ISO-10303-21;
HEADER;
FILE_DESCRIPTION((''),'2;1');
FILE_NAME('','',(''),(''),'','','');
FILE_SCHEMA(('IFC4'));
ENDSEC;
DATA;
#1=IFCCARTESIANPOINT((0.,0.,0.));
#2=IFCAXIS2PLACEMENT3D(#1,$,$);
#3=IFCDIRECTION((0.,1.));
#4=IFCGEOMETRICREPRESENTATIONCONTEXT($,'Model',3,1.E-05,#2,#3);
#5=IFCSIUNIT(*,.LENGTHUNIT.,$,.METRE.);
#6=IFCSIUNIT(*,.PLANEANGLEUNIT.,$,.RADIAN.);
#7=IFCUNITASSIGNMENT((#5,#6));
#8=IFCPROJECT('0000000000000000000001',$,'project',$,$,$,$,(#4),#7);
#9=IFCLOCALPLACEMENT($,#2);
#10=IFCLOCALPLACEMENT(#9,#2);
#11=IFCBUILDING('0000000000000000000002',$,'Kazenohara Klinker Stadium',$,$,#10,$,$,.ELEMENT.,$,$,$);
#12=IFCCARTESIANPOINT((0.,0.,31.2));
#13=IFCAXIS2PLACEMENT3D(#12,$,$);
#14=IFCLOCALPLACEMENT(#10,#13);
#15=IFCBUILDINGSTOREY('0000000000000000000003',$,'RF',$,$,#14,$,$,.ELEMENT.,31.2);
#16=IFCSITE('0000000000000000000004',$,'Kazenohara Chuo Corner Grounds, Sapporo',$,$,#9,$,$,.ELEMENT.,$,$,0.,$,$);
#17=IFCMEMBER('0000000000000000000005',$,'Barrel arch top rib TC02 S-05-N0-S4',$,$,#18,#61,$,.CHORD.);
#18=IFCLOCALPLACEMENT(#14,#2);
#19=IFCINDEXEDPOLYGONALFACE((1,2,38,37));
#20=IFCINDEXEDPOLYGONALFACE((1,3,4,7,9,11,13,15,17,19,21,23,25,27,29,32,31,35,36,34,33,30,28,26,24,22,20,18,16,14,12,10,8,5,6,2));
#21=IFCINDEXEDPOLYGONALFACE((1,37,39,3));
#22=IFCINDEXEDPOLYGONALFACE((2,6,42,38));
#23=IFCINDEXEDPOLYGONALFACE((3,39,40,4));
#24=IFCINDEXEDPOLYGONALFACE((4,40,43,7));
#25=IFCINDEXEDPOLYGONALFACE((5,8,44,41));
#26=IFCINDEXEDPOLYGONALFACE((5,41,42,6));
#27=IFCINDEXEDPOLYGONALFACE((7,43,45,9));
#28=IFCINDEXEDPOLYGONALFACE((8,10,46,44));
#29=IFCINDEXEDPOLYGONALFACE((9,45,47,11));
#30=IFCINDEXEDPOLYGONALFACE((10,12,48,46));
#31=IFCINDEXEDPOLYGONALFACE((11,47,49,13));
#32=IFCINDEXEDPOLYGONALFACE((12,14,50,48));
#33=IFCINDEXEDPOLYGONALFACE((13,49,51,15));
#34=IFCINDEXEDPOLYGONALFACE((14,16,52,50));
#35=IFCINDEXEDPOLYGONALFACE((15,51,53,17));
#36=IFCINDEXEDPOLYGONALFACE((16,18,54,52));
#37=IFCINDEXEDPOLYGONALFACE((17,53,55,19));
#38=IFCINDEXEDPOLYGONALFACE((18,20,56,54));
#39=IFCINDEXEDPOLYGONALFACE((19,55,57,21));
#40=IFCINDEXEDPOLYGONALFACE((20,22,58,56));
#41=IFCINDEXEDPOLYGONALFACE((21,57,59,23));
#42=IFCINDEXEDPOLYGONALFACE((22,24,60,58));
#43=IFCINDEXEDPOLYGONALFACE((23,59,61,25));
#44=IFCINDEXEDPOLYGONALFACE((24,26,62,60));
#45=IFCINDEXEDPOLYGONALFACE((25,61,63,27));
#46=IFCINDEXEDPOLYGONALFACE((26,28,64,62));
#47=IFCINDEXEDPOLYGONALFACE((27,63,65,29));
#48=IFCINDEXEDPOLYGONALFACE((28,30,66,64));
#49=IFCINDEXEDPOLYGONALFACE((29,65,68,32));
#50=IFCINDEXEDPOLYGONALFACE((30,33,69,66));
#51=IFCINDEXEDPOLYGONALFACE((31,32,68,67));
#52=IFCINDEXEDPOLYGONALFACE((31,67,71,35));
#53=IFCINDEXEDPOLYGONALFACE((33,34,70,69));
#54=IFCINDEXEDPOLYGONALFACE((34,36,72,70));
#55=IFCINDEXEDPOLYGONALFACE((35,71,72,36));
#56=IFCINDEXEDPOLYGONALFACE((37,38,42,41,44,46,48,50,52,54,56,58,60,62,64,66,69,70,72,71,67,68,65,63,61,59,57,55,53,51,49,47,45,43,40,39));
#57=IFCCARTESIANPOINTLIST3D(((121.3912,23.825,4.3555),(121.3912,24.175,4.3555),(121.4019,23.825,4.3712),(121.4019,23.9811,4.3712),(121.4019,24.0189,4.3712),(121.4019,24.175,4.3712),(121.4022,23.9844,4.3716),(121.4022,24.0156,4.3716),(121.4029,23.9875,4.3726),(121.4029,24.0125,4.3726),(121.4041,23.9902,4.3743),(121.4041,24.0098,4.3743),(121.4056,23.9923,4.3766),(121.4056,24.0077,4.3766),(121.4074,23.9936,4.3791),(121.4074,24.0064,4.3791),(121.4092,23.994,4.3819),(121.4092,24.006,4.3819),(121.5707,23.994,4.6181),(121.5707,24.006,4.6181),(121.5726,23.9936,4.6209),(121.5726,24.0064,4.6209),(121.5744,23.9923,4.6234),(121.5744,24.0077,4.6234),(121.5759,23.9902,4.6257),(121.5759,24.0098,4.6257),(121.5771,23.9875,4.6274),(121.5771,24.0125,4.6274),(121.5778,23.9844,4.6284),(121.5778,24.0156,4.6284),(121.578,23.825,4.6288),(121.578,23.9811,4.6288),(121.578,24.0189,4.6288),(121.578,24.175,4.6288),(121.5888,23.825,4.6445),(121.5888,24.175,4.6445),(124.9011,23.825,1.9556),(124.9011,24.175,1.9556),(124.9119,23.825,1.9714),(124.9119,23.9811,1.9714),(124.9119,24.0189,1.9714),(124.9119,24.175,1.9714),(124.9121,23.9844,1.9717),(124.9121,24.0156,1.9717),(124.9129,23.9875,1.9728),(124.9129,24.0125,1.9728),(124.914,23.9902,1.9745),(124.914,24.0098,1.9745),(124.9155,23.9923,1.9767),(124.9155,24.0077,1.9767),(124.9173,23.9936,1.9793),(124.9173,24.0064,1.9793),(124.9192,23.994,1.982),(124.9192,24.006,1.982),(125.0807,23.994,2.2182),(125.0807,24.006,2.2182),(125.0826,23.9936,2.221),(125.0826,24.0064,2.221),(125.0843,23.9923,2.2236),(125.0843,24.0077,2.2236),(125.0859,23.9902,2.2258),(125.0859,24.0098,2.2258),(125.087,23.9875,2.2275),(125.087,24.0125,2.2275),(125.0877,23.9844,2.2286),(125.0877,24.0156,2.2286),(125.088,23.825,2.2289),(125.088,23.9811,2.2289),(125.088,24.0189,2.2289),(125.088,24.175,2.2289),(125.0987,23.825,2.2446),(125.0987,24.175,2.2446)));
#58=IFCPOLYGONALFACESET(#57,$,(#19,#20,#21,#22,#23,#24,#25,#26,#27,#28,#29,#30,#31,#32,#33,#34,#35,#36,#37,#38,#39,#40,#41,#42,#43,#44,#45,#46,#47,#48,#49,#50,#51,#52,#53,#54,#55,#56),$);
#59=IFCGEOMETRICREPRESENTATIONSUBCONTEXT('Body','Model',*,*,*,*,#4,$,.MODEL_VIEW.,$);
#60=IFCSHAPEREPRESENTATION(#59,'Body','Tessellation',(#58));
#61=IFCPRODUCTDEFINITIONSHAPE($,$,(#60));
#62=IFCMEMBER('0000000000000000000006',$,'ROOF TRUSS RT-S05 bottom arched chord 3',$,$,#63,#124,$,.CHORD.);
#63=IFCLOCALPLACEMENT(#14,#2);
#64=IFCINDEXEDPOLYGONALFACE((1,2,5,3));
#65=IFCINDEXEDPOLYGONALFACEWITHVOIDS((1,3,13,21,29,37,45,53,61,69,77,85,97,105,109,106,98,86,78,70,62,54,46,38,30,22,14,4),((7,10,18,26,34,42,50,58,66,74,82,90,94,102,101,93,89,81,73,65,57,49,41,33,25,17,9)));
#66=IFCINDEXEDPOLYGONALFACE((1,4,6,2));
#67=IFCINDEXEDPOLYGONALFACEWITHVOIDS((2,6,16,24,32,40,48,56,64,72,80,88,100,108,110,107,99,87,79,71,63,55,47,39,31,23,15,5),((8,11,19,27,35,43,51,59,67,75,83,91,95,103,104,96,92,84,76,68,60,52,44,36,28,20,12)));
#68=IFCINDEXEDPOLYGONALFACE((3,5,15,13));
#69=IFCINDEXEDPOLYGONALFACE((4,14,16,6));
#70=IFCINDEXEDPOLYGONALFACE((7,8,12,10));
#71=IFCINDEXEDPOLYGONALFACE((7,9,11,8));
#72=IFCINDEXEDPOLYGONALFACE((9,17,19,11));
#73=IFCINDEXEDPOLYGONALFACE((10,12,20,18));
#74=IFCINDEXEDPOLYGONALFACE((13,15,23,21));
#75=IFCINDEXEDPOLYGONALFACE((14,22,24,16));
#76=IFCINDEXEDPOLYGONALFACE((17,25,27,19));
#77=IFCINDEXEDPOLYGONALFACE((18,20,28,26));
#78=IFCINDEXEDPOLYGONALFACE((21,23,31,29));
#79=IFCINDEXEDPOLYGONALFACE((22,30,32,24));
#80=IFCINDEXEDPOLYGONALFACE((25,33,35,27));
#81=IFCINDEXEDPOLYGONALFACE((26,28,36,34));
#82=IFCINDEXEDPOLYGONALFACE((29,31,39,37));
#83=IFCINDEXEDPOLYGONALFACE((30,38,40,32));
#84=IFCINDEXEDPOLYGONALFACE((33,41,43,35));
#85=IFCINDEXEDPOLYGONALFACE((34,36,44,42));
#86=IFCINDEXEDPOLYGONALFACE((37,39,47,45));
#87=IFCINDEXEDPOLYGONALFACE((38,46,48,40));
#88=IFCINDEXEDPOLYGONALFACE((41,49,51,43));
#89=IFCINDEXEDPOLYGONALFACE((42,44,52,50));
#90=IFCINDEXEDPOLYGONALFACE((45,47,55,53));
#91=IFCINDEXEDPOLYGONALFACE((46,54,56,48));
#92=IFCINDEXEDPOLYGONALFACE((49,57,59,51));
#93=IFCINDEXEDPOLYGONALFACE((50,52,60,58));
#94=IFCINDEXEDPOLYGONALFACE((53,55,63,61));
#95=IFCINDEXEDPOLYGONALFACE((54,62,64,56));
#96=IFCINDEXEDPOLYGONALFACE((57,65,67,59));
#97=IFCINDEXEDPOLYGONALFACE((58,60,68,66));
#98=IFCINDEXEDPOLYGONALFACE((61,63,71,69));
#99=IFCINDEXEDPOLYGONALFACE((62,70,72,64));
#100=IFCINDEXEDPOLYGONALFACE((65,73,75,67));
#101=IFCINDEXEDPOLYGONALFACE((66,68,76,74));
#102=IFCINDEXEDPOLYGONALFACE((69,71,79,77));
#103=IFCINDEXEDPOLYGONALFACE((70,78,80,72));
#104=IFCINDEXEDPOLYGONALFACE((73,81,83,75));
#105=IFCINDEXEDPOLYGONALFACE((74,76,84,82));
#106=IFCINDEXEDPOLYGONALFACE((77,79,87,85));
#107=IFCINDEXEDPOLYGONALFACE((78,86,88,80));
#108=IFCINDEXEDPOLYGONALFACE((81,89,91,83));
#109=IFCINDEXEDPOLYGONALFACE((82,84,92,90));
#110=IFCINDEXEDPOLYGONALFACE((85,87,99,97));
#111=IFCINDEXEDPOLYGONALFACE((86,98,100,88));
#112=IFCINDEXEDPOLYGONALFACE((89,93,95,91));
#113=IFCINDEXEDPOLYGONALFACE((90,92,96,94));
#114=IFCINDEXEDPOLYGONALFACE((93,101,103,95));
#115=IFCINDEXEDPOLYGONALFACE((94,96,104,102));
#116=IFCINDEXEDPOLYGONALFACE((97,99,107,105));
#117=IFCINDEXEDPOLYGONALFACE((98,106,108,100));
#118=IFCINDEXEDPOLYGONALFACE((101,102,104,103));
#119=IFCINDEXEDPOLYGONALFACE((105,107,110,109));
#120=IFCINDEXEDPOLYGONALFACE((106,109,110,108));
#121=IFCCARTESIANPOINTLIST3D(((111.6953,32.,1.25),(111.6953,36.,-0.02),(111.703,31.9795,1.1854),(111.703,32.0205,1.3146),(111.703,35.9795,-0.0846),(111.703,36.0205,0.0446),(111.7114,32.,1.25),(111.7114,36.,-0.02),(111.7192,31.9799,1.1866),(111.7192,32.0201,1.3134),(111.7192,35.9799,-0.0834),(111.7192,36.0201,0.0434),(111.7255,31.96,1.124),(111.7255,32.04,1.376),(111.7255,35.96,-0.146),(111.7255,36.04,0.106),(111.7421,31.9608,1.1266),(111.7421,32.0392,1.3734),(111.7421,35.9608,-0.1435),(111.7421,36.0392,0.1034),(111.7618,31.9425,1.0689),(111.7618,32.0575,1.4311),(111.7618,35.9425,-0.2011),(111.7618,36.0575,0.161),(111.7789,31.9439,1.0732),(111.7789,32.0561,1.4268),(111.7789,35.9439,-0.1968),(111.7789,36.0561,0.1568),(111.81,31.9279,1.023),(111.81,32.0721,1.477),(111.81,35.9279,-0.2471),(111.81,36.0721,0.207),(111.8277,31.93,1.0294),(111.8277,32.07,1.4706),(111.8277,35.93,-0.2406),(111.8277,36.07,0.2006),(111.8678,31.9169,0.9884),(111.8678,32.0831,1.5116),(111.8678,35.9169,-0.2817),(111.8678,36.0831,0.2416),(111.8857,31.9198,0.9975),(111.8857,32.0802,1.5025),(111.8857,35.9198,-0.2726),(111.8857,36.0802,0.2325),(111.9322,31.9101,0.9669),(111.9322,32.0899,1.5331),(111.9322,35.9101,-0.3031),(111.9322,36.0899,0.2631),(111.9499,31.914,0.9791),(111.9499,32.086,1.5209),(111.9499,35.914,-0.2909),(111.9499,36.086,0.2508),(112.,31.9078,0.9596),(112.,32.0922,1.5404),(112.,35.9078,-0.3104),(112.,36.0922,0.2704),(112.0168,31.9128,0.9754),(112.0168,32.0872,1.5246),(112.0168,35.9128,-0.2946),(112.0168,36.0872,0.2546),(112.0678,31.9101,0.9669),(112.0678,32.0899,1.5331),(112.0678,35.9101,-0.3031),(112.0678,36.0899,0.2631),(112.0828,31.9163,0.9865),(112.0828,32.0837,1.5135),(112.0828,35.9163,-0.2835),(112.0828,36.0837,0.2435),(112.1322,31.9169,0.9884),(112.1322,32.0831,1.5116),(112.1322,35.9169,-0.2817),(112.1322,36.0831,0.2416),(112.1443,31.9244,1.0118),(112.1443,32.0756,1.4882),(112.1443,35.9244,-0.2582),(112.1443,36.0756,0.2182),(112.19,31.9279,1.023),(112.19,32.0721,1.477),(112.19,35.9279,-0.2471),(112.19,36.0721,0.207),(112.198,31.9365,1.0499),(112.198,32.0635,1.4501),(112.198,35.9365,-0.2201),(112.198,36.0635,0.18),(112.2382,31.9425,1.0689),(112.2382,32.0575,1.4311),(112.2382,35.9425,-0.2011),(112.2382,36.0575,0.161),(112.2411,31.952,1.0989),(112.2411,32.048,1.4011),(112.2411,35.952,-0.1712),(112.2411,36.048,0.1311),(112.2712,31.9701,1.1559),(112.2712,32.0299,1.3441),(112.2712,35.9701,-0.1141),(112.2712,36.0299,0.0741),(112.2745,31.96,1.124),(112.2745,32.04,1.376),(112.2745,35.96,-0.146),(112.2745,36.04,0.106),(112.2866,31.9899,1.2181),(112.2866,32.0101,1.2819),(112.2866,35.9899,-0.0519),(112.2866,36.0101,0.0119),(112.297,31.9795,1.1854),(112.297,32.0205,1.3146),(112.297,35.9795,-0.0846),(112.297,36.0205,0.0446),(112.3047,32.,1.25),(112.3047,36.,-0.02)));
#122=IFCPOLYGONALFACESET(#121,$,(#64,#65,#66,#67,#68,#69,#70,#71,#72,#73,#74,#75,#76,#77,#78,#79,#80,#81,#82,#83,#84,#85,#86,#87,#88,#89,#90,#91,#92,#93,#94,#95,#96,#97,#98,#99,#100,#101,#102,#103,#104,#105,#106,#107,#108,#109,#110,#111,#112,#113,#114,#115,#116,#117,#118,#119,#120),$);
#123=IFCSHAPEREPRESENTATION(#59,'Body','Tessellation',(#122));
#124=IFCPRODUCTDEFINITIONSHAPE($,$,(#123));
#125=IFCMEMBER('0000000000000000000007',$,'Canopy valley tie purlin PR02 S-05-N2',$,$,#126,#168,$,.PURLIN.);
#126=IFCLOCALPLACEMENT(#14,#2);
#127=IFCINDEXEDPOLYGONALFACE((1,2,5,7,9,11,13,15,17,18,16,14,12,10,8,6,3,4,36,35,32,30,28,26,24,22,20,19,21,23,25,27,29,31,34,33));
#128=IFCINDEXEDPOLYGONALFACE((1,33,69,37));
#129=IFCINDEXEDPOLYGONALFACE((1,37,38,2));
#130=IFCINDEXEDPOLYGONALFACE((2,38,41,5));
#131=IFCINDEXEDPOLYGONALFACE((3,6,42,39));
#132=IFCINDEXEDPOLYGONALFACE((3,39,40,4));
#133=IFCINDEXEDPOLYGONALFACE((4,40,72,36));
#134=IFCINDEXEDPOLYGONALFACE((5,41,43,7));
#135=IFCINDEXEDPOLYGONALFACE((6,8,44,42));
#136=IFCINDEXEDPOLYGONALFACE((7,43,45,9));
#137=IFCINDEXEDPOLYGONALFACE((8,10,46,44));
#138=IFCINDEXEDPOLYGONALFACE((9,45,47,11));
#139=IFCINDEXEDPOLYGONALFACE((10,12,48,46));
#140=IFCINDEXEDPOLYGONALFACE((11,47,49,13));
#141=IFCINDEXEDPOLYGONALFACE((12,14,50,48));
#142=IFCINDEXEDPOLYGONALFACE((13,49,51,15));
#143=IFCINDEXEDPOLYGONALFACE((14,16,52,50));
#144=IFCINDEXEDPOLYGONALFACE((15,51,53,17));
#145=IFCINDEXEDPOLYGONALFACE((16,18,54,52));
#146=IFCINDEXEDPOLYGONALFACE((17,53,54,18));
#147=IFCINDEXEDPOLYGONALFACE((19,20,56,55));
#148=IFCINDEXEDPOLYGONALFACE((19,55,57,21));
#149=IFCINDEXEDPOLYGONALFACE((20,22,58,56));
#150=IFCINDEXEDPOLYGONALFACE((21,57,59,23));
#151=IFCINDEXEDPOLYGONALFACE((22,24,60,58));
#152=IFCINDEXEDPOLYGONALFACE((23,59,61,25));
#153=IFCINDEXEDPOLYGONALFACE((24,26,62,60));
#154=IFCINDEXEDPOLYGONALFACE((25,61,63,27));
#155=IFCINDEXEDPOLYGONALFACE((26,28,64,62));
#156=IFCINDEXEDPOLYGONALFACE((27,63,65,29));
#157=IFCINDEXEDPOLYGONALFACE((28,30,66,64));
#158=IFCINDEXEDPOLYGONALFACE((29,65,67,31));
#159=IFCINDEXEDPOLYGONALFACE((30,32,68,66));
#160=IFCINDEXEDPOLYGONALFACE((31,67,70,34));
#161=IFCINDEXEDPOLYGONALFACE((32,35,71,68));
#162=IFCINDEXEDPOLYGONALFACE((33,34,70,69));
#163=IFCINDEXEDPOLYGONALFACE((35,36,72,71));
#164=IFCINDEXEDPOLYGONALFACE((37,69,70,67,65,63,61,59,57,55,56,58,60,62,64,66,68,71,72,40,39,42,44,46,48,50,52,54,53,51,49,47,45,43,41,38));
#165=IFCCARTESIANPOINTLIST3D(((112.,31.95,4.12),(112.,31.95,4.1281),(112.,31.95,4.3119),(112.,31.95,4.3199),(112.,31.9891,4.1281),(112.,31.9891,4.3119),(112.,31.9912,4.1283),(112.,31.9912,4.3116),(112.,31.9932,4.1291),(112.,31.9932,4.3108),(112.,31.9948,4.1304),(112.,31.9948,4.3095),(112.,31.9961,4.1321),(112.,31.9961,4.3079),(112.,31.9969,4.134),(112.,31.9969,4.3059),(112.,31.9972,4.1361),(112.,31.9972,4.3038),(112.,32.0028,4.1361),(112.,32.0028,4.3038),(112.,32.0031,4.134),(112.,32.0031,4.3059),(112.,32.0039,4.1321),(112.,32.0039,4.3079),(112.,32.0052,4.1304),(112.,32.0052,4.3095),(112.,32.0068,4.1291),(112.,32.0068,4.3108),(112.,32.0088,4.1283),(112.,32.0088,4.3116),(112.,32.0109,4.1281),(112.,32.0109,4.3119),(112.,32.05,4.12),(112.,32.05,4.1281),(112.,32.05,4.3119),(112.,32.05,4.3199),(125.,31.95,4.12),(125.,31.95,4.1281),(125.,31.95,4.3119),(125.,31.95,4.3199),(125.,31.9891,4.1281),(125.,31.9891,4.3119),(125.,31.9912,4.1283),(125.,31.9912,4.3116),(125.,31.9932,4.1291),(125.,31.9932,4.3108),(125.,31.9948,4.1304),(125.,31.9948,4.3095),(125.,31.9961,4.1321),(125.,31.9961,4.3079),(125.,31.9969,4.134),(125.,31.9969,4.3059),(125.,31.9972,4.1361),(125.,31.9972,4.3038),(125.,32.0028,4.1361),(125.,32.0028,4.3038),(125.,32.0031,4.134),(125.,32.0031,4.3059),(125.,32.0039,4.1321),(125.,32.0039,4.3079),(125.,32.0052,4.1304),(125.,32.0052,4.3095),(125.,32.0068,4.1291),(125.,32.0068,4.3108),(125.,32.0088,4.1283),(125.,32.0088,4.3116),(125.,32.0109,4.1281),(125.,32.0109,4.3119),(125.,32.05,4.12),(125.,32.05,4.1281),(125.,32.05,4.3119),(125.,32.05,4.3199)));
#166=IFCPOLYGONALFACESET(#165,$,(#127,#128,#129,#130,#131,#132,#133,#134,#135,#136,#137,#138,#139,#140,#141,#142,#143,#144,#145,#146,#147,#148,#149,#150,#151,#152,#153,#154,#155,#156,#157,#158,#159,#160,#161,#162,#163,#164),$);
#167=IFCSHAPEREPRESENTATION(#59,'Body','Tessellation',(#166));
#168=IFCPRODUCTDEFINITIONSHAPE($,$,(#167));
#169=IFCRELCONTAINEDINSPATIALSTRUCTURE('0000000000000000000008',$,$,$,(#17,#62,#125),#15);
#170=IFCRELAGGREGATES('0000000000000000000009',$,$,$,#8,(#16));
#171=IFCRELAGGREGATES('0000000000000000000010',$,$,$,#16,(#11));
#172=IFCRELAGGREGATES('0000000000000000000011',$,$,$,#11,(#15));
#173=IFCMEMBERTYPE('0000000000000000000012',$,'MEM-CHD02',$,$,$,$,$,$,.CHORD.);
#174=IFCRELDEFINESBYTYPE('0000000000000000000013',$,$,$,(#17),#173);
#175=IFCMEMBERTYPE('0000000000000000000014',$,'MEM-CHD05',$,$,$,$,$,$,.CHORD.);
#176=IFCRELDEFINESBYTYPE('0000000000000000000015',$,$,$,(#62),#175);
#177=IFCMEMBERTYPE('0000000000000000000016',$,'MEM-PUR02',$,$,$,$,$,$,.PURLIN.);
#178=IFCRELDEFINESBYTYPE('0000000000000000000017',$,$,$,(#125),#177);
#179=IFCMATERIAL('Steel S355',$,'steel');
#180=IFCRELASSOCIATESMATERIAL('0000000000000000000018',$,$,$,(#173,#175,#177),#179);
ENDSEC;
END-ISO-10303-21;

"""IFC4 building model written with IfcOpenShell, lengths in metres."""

from ifc_helpers import new_model, si_unit, direction, frame, origin, origin_2d, place, context, subcontext, project, spatial, hollow_circle, i_section, extrude, material, material_profile, profile_set, type_object, element, save


model = new_model("IFC4")

# Units and contexts
model_context = context("Model", 3, precision=1e-05, world=origin(), true_north=direction((0.0, 1.0)))
body_context = subcontext(model_context, "Body", "Model", "MODEL_VIEW")
ifc_project = project(units=[si_unit("LENGTHUNIT", "METRE"), si_unit("PLANEANGLEUNIT", "RADIAN")], contexts=[model_context])

# Site, building, storey
site_placement = place(None, origin())
site = spatial("IfcSite", under=ifc_project, at=site_placement, Name="Kazenohara Chuo Corner Grounds, Sapporo", CompositionType="ELEMENT", RefElevation=0.0)
building_placement = place(site_placement, origin())
building = spatial("IfcBuilding", under=site, at=building_placement, Name="Kazenohara Klinker Stadium", CompositionType="ELEMENT")
storey_placement = place(building_placement, frame((0.0, 0.0, 31.2)))
storey = spatial("IfcBuildingStorey", under=building, at=storey_placement, Name="RF", CompositionType="ELEMENT", Elevation=31.2)

# Members
ifc_material_1 = material(Name="Steel S355", Category="steel")
ifc_material_profile_1 = material_profile(ifc_material_1, i_section(OverallWidth=0.3501, OverallDepth=0.3501, WebThickness=0.012, FlangeThickness=0.019, FilletRadius=0.0129, at=origin_2d()), Name="H-350x350x12x19")
ifc_profile_set_1 = profile_set([ifc_material_profile_1], Name="Steel S355")
member_type_1 = type_object("IfcMemberType", Name="MEM-CHD02", PredefinedType="CHORD", material=ifc_profile_set_1)
member_1_placement = place(storey_placement, frame((121.49, 24.0, 4.5), z_axis=(0.825492, 0.0, -0.564414), x_axis=(0.0, 1.0, 0.0)))
element("IfcMember", 1, at=member_1_placement, inside=storey, type_object=member_type_1, Name="Barrel arch top rib TC02 S-05-N0-S4", PredefinedType="CHORD", context=body_context, shape_type="SweptSolid", body=[
    extrude(i_section(OverallWidth=0.3501, OverallDepth=0.3501, WebThickness=0.012, FlangeThickness=0.019, FilletRadius=0.0129, at=origin_2d()), origin(), (0.0, 0.0, 1.0), 4.252),
])
ifc_material_profile_2 = material_profile(ifc_material_1, hollow_circle(Radius=0.3047, WallThickness=0.0161, at=origin_2d()), Name="CHS-609.6x16")
ifc_profile_set_2 = profile_set([ifc_material_profile_2], Name="Steel S355")
member_type_2 = type_object("IfcMemberType", Name="MEM-CHD05", PredefinedType="CHORD", material=ifc_profile_set_2)
member_2_placement = place(storey_placement, frame((112.0, 32.0, 1.25), z_axis=(0.0, 0.953112, -0.302618), x_axis=(-1.0, 0.0, 0.0)))
element("IfcMember", 2, at=member_2_placement, inside=storey, type_object=member_type_2, Name="ROOF TRUSS RT-S05 bottom arched chord 3", PredefinedType="CHORD", context=body_context, shape_type="SweptSolid", body=[
    extrude(hollow_circle(Radius=0.3047, WallThickness=0.0161, at=origin_2d()), origin(), (0.0, 0.0, 1.0), 4.1968),
])
ifc_material_profile_3 = material_profile(ifc_material_1, i_section(OverallWidth=0.1001, OverallDepth=0.2, WebThickness=0.0056, FlangeThickness=0.0081, FilletRadius=0.0081, at=origin_2d()), Name="H-200x100x5.5x8")
ifc_profile_set_3 = profile_set([ifc_material_profile_3], Name="Steel S355")
member_type_3 = type_object("IfcMemberType", Name="MEM-PUR02", PredefinedType="PURLIN", material=ifc_profile_set_3)
member_3_placement = place(storey_placement, frame((112.0, 32.0, 4.22), z_axis=(1.0, 0.0, 0.0), x_axis=(0.0, 1.0, 0.0)))
element("IfcMember", 3, at=member_3_placement, inside=storey, type_object=member_type_3, Name="Canopy valley tie purlin PR02 S-05-N2", PredefinedType="PURLIN", context=body_context, shape_type="SweptSolid", body=[
    extrude(i_section(OverallWidth=0.1001, OverallDepth=0.2, WebThickness=0.0056, FlangeThickness=0.0081, FilletRadius=0.0081, at=origin_2d()), origin(), (0.0, 0.0, 1.0), 13.0),
])

save(model, "model.ifc")
